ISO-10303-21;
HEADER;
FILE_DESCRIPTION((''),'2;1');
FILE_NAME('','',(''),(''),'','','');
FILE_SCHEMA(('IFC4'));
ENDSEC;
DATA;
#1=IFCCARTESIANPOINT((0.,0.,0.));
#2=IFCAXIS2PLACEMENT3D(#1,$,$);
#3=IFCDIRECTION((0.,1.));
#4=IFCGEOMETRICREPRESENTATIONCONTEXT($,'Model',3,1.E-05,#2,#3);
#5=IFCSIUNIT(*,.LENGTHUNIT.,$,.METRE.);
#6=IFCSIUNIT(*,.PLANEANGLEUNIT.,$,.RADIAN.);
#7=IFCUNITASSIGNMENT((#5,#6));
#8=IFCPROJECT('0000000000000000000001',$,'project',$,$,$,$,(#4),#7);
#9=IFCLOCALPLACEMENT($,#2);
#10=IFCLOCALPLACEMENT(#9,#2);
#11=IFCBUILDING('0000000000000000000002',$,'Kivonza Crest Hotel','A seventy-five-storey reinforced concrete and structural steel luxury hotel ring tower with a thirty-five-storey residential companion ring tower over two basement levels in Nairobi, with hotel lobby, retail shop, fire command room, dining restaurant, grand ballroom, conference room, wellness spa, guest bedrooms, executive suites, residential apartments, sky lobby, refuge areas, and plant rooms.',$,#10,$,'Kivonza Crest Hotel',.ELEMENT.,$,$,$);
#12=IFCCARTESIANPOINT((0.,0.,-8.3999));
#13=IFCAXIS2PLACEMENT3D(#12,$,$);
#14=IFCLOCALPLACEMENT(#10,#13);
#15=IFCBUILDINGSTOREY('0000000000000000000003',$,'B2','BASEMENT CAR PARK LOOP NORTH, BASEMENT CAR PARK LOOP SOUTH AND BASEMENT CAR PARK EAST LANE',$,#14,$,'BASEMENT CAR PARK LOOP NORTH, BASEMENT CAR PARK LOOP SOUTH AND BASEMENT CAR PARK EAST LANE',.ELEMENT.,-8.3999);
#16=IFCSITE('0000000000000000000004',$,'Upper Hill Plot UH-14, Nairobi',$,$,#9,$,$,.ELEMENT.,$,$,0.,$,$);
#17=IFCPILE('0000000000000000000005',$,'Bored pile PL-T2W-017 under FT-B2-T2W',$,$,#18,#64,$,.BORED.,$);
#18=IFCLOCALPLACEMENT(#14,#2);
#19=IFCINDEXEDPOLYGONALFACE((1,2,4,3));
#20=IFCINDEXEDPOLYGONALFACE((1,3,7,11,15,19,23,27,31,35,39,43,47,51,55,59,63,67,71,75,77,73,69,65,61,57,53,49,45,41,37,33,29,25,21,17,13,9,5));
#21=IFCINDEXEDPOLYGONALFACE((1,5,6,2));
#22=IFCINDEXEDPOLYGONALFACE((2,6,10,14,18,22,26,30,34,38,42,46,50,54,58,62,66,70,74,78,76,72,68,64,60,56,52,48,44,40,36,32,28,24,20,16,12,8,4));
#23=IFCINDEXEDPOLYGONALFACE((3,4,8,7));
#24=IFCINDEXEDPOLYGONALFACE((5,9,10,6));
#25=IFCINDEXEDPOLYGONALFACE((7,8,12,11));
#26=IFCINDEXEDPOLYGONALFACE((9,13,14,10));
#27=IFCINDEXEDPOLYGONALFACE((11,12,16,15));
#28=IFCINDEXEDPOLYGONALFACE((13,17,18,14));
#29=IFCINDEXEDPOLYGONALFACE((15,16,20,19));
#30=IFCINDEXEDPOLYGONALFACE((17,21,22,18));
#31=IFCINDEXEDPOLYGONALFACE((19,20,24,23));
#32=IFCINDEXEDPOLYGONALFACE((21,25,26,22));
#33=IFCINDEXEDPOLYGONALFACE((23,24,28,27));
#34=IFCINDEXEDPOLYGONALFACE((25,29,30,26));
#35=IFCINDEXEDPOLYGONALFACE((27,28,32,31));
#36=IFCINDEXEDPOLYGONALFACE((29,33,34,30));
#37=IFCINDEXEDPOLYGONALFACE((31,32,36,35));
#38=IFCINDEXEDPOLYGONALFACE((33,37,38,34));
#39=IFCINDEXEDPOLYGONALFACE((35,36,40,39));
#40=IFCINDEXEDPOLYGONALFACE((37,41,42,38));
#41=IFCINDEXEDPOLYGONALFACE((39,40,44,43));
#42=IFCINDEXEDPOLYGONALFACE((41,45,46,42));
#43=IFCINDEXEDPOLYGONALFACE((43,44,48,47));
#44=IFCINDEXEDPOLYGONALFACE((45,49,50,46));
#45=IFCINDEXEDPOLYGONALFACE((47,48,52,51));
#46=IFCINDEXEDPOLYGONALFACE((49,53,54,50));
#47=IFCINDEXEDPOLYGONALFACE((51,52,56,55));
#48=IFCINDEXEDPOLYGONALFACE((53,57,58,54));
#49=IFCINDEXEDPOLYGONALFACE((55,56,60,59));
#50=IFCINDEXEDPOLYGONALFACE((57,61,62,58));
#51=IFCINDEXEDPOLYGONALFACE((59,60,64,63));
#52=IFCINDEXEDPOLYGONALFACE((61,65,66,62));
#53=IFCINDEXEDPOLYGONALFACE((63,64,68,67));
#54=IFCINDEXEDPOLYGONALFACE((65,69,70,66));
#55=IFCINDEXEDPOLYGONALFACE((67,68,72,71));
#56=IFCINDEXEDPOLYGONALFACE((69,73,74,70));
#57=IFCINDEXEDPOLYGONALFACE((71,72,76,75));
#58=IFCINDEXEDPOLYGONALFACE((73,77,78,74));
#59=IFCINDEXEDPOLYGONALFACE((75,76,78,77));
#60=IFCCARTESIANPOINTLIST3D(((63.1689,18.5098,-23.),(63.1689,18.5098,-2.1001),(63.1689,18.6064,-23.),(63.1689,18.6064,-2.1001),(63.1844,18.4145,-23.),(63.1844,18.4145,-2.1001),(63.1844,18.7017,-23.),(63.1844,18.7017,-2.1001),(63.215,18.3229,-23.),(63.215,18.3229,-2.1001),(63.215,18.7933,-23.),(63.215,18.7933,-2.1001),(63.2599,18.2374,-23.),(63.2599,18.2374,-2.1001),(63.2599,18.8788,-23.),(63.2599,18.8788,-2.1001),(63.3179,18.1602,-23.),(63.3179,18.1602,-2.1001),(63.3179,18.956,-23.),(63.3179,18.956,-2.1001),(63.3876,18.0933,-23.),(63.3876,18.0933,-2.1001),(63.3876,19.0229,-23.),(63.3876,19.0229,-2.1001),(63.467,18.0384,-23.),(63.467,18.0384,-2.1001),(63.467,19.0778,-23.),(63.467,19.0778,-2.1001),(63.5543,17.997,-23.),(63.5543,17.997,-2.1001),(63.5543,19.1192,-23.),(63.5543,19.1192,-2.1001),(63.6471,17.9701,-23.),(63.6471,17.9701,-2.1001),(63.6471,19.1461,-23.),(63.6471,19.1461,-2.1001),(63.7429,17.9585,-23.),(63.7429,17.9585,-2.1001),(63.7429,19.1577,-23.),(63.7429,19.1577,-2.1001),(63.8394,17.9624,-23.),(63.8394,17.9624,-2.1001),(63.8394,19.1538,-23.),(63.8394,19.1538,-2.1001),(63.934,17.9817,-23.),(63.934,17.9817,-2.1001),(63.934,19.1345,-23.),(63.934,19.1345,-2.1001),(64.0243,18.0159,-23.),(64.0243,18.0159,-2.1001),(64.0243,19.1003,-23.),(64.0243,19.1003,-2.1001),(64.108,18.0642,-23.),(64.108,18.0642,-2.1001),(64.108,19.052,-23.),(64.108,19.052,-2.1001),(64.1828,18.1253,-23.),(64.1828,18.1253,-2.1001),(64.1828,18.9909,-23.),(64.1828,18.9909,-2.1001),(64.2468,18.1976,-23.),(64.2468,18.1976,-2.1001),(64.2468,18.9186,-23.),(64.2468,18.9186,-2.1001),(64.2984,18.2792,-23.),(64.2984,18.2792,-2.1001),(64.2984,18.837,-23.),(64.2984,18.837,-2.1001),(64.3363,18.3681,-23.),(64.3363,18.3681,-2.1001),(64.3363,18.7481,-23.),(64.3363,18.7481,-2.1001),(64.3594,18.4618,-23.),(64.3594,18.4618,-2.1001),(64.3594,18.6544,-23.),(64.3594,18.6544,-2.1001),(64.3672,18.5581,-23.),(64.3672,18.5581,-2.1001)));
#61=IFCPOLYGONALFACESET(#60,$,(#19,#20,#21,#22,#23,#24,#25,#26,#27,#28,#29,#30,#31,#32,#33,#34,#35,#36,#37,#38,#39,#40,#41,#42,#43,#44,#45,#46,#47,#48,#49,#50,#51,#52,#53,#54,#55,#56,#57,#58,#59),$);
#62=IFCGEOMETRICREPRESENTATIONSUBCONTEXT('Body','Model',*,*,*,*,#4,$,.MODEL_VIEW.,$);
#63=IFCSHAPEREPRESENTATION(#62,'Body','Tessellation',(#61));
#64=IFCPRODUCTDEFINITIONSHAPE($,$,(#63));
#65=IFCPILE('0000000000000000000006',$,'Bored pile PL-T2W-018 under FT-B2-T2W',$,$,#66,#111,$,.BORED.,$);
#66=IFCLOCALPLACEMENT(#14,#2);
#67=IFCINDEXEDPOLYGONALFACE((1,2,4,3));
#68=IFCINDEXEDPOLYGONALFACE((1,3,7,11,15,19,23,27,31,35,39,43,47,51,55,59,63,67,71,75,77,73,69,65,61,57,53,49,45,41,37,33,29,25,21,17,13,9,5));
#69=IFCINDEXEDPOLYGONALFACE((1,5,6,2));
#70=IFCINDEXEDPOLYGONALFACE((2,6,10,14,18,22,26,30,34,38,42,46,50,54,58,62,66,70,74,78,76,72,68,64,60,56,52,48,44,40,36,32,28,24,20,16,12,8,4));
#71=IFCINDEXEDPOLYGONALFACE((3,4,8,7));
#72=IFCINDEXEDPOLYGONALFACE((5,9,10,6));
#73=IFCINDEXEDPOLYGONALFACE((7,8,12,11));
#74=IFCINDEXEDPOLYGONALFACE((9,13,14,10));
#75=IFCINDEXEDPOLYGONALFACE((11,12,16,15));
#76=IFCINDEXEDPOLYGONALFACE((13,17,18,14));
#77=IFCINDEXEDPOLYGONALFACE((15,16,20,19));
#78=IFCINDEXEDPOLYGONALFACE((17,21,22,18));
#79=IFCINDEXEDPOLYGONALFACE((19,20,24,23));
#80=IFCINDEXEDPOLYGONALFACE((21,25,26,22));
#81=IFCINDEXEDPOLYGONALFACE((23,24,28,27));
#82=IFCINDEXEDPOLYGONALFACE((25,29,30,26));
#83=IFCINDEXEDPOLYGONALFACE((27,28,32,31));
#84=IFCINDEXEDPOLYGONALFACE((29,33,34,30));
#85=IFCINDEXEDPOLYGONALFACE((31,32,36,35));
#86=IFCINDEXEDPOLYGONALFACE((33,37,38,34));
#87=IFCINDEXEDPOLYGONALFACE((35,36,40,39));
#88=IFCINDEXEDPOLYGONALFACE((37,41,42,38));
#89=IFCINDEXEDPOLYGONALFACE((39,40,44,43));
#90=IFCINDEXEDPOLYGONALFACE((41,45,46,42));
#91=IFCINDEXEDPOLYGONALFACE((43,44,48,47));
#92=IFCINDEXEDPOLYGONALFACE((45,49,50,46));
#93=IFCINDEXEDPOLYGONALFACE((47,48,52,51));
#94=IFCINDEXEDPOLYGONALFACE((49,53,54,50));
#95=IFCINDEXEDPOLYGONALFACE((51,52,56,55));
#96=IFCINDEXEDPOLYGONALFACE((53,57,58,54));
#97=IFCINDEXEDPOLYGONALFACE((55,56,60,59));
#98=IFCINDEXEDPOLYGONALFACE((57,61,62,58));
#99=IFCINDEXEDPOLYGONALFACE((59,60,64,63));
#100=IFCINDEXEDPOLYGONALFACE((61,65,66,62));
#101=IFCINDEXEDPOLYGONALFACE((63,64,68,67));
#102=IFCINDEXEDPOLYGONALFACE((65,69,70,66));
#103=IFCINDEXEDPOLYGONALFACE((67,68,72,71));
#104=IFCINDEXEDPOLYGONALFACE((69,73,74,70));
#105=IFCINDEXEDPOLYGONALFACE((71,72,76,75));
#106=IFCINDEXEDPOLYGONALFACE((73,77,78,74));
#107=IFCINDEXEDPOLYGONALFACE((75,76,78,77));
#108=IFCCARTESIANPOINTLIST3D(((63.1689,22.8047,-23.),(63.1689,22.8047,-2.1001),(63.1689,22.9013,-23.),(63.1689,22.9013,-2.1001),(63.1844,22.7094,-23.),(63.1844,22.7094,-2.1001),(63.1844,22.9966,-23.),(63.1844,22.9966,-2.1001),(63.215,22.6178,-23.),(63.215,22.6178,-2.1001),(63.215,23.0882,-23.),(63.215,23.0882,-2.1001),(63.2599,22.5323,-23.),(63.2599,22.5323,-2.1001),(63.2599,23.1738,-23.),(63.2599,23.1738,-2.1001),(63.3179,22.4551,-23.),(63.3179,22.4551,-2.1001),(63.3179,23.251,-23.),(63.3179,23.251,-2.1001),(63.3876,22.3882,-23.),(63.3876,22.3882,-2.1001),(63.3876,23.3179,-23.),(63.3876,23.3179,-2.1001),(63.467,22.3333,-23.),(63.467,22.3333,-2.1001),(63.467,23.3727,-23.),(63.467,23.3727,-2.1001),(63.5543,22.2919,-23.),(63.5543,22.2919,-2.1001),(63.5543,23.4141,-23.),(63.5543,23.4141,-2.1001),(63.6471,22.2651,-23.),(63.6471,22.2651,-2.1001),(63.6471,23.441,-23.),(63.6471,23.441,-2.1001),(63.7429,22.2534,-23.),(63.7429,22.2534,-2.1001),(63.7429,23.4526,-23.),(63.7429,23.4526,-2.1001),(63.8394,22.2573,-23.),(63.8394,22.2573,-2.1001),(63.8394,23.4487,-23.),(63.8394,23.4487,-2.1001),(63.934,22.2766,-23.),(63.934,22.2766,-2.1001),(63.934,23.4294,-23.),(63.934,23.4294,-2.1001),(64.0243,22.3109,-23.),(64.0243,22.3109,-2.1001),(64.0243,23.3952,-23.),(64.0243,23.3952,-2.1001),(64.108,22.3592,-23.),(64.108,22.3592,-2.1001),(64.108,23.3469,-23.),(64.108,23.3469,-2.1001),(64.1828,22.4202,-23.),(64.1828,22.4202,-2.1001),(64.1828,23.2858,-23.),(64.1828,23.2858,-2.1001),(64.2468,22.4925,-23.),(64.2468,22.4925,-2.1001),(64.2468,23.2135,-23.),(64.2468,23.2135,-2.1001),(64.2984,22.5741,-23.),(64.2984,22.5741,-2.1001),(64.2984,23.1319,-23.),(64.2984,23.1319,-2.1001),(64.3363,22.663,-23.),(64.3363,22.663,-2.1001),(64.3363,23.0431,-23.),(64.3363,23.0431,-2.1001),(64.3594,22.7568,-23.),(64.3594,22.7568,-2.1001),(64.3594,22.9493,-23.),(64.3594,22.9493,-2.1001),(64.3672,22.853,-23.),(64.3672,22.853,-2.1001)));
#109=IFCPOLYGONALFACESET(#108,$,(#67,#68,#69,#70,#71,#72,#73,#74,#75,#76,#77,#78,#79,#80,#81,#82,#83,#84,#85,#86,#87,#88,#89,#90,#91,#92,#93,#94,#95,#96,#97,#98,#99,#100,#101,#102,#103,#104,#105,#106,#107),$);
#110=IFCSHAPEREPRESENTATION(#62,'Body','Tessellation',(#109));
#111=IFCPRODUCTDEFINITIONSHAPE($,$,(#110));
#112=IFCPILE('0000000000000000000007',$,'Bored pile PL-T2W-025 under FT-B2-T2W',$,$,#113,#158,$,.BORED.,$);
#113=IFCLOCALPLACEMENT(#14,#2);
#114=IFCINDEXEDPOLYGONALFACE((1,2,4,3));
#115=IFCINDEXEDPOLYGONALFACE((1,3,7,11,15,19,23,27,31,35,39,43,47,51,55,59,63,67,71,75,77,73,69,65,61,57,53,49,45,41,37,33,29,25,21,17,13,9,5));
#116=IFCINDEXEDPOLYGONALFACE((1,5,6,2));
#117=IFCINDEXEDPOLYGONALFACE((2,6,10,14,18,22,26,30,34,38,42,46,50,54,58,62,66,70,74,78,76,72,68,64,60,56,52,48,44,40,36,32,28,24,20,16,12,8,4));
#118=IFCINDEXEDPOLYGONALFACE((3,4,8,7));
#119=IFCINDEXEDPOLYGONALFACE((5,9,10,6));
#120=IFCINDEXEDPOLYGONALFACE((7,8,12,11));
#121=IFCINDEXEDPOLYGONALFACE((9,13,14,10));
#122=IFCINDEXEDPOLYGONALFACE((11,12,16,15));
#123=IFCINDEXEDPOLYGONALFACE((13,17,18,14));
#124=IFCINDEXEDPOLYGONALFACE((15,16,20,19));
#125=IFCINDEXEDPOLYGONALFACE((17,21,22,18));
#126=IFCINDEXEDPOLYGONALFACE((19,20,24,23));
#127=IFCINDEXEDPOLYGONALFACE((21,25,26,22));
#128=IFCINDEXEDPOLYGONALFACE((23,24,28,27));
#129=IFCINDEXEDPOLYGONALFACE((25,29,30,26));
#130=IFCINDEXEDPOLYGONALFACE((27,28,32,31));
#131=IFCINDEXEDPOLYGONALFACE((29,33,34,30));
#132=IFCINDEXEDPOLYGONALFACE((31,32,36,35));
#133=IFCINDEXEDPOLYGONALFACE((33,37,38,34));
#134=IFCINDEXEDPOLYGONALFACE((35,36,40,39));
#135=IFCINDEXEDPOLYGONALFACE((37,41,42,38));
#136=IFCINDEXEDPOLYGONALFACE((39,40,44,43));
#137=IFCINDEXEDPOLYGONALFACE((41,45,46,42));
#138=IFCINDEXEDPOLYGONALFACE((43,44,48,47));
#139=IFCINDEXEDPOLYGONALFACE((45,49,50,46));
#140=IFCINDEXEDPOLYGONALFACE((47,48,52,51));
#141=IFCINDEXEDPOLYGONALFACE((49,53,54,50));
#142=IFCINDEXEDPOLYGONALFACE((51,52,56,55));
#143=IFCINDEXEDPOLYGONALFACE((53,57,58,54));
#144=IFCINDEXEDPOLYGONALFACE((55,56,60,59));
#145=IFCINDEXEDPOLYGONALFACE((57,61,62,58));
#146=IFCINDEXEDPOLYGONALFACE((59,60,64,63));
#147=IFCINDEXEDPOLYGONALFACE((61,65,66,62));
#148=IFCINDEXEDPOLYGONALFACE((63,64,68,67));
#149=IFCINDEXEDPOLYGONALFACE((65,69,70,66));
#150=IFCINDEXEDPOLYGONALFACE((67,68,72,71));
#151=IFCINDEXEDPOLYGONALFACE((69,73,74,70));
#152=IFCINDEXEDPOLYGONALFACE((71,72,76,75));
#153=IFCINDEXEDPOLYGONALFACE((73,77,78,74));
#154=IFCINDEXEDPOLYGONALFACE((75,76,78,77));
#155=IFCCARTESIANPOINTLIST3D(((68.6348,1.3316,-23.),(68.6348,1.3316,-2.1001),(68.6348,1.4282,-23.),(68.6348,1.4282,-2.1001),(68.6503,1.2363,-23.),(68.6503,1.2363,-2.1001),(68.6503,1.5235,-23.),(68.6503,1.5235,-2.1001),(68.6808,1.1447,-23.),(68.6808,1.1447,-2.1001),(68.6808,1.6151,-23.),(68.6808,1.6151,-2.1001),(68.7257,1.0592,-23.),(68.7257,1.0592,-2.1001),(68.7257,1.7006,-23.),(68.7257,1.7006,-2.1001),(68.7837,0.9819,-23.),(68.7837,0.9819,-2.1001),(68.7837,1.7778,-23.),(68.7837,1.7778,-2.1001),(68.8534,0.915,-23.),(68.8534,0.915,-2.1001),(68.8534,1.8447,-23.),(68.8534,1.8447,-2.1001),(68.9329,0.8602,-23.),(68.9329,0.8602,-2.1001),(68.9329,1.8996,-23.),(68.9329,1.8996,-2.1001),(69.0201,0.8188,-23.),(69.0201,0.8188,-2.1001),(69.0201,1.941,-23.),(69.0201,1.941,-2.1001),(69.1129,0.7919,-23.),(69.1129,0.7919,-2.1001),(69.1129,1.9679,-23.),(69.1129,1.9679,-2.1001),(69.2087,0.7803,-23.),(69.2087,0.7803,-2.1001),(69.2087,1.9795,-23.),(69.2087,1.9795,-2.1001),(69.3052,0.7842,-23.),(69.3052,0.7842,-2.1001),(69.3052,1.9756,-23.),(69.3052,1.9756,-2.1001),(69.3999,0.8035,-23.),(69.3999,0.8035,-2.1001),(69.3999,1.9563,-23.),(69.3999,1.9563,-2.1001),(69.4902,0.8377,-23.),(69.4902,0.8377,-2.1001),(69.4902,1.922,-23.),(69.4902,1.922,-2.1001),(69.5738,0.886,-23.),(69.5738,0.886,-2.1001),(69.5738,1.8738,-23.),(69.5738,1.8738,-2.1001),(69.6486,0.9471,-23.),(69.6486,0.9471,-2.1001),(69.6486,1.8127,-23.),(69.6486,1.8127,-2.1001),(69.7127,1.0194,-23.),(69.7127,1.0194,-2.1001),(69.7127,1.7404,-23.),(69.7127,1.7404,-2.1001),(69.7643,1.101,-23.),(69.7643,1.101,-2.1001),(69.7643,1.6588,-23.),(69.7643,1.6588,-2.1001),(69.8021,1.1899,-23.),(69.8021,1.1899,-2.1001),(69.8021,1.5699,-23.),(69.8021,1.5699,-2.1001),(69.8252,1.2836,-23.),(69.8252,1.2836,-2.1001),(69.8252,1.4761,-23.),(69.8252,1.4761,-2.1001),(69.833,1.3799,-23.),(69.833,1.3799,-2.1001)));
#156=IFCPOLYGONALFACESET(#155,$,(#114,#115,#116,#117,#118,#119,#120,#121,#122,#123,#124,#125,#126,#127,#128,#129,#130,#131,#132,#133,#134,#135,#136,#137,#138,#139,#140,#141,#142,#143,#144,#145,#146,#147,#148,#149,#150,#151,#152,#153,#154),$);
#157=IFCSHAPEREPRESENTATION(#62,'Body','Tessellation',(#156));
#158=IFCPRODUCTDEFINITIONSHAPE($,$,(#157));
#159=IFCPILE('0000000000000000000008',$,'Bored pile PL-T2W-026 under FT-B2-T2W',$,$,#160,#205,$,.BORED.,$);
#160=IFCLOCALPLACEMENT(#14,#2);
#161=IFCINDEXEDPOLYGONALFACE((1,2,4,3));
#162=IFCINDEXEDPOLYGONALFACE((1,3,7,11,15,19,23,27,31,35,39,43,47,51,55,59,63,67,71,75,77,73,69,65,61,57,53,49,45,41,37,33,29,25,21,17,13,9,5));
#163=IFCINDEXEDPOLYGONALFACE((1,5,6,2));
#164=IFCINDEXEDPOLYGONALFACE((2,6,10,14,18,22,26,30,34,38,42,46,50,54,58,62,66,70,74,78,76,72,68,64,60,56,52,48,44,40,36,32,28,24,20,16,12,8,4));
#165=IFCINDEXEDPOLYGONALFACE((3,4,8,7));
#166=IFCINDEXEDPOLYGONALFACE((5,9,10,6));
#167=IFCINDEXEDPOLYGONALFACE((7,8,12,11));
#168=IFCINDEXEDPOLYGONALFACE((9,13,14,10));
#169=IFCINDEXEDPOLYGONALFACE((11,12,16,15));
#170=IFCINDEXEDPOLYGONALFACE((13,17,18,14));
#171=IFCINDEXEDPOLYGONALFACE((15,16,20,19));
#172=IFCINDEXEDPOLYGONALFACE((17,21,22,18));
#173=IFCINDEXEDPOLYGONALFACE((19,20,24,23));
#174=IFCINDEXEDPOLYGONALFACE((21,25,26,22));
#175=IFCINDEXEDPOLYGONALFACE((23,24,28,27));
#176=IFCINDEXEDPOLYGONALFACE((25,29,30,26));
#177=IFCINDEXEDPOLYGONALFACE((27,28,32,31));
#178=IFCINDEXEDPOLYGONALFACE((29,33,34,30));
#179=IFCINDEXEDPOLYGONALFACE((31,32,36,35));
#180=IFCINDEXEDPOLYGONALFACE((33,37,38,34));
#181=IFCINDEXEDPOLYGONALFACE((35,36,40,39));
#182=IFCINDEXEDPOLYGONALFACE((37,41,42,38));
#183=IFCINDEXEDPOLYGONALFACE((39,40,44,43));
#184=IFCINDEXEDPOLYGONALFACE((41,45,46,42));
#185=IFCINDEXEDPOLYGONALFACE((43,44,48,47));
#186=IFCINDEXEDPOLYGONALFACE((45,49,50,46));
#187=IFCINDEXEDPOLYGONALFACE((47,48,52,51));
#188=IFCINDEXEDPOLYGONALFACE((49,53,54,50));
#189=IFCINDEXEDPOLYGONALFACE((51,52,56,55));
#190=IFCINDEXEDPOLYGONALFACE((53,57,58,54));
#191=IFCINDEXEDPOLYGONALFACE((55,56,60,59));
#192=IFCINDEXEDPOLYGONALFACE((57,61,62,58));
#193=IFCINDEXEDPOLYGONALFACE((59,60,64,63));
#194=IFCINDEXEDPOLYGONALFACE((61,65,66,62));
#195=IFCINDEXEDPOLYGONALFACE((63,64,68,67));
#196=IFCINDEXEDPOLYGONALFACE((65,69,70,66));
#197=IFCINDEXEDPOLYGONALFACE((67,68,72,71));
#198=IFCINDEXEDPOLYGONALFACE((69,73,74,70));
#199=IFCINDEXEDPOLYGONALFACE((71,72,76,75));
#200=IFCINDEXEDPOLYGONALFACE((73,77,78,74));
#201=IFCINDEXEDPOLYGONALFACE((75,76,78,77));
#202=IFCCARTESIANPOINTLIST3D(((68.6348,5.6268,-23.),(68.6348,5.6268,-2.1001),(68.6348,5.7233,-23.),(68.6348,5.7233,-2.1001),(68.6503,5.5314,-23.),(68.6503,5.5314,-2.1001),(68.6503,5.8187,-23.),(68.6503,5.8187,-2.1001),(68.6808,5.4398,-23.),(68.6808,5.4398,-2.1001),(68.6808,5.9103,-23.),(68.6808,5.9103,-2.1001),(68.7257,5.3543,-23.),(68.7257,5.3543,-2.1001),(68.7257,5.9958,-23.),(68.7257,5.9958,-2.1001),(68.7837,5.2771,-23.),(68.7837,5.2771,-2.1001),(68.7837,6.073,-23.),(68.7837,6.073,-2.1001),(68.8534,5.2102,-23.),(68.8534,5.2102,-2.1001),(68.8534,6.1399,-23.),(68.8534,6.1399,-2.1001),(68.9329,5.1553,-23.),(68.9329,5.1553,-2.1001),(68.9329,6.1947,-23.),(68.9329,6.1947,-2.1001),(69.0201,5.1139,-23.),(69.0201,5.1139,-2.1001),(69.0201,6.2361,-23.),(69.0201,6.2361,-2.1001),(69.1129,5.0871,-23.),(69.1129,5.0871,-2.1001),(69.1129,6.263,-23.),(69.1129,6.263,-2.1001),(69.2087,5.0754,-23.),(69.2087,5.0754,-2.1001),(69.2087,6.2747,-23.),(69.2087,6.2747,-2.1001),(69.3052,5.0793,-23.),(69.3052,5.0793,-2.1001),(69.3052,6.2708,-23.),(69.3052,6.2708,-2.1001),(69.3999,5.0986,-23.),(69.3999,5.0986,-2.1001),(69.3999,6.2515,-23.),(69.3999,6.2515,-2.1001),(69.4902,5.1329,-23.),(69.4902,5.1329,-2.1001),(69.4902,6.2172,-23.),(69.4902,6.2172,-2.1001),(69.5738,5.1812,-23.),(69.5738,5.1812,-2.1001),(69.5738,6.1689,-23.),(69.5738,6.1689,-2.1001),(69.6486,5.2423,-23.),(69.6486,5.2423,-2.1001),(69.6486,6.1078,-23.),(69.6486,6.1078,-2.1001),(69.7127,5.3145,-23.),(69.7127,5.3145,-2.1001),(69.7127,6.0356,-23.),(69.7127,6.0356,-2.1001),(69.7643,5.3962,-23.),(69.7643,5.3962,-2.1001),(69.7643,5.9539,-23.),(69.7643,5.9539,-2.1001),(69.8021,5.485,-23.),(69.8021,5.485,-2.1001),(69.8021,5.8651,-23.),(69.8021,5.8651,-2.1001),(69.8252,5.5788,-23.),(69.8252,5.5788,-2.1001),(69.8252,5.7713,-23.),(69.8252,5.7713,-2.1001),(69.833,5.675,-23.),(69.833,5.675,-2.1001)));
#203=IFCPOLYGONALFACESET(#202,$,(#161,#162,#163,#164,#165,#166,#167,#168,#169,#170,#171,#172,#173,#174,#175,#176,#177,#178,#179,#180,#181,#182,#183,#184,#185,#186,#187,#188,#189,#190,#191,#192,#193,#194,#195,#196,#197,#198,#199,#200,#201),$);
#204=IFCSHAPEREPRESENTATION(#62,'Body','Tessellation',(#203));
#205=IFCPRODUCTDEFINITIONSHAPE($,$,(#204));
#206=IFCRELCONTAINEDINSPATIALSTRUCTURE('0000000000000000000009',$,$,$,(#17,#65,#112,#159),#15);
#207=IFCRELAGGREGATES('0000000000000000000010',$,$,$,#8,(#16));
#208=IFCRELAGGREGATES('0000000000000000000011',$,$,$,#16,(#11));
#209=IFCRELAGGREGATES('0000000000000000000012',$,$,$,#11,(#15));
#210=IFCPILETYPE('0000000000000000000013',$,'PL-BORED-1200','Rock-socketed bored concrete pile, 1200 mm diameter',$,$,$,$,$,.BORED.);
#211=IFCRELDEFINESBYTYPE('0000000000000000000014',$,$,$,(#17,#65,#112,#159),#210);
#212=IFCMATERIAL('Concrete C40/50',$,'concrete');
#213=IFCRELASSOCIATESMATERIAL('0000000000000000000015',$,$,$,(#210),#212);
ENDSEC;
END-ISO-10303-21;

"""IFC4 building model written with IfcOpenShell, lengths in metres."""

from ifc_helpers import new_model, si_unit, direction, frame, origin, origin_2d, place, context, subcontext, project, spatial, circle, extrude, material, material_profile, profile_set, type_object, element, save


model = new_model("IFC4")

# Units and contexts
model_context = context("Model", 3, precision=1e-05, world=origin(), true_north=direction((0.0, 1.0)))
body_context = subcontext(model_context, "Body", "Model", "MODEL_VIEW")
ifc_project = project(units=[si_unit("LENGTHUNIT", "METRE"), si_unit("PLANEANGLEUNIT", "RADIAN")], contexts=[model_context])

# Site, building, storey
site_placement = place(None, origin())
site = spatial("IfcSite", under=ifc_project, at=site_placement, Name="Upper Hill Plot UH-14, Nairobi", CompositionType="ELEMENT", RefElevation=0.0)
building_placement = place(site_placement, origin())
building = spatial("IfcBuilding", under=site, at=building_placement, Name="Kivonza Crest Hotel", Description="A seventy-five-storey reinforced concrete and structural steel luxury hotel ring tower with a thirty-five-storey residential companion ring tower over two basement levels in Nairobi, with hotel lobby, retail shop, fire command room, dining restaurant, grand ballroom, conference room, wellness spa, guest bedrooms, executive suites, residential apartments, sky lobby, refuge areas, and plant rooms.", LongName="Kivonza Crest Hotel", CompositionType="ELEMENT")
storey_placement = place(building_placement, frame((0.0, 0.0, -8.3999)))
storey = spatial("IfcBuildingStorey", under=building, at=storey_placement, Name="B2", Description="BASEMENT CAR PARK LOOP NORTH, BASEMENT CAR PARK LOOP SOUTH AND BASEMENT CAR PARK EAST LANE", LongName="BASEMENT CAR PARK LOOP NORTH, BASEMENT CAR PARK LOOP SOUTH AND BASEMENT CAR PARK EAST LANE", CompositionType="ELEMENT", Elevation=-8.3999)

# Piles
ifc_material_1 = material(Name="Concrete C40/50", Category="concrete")
ifc_material_profile_1 = material_profile(ifc_material_1, circle(Radius=0.6001, at=origin_2d()), Name="PILE D1200")
ifc_profile_set_1 = profile_set([ifc_material_profile_1], Name="Concrete C40/50")
pile_type = type_object("IfcPileType", Name="PL-BORED-1200", Description="Rock-socketed bored concrete pile, 1200 mm diameter", PredefinedType="BORED", material=ifc_profile_set_1)
for number, where, z_axis, x_axis, name in (
    (1, (63.7671, 18.5581, -2.1001), (0.0, 0.0, -1.0), (1.0, 0.0, 0.0), "Bored pile PL-T2W-017 under FT-B2-T2W"),
    (2, (63.7671, 22.853, -2.1001), (0.0, 0.0, -1.0), (1.0, 0.0, 0.0), "Bored pile PL-T2W-018 under FT-B2-T2W"),
    (3, (69.2329, 1.3799, -2.1001), (0.0, 0.0, -1.0), (1.0, 0.0, 0.0), "Bored pile PL-T2W-025 under FT-B2-T2W"),
    (4, (69.2329, 5.675, -2.1001), (0.0, 0.0, -1.0), (1.0, 0.0, 0.0), "Bored pile PL-T2W-026 under FT-B2-T2W"),
):
    element("IfcPile", number, at=place(storey_placement, frame(where, z_axis=z_axis, x_axis=x_axis)), inside=storey, type_object=pile_type, Name=name, PredefinedType="BORED", context=body_context, shape_type="SweptSolid", body=[
        extrude(circle(Radius=0.6001, at=origin_2d()), origin(), (0.0, 0.0, 1.0), 20.8999),
    ])

save(model, "model.ifc")
